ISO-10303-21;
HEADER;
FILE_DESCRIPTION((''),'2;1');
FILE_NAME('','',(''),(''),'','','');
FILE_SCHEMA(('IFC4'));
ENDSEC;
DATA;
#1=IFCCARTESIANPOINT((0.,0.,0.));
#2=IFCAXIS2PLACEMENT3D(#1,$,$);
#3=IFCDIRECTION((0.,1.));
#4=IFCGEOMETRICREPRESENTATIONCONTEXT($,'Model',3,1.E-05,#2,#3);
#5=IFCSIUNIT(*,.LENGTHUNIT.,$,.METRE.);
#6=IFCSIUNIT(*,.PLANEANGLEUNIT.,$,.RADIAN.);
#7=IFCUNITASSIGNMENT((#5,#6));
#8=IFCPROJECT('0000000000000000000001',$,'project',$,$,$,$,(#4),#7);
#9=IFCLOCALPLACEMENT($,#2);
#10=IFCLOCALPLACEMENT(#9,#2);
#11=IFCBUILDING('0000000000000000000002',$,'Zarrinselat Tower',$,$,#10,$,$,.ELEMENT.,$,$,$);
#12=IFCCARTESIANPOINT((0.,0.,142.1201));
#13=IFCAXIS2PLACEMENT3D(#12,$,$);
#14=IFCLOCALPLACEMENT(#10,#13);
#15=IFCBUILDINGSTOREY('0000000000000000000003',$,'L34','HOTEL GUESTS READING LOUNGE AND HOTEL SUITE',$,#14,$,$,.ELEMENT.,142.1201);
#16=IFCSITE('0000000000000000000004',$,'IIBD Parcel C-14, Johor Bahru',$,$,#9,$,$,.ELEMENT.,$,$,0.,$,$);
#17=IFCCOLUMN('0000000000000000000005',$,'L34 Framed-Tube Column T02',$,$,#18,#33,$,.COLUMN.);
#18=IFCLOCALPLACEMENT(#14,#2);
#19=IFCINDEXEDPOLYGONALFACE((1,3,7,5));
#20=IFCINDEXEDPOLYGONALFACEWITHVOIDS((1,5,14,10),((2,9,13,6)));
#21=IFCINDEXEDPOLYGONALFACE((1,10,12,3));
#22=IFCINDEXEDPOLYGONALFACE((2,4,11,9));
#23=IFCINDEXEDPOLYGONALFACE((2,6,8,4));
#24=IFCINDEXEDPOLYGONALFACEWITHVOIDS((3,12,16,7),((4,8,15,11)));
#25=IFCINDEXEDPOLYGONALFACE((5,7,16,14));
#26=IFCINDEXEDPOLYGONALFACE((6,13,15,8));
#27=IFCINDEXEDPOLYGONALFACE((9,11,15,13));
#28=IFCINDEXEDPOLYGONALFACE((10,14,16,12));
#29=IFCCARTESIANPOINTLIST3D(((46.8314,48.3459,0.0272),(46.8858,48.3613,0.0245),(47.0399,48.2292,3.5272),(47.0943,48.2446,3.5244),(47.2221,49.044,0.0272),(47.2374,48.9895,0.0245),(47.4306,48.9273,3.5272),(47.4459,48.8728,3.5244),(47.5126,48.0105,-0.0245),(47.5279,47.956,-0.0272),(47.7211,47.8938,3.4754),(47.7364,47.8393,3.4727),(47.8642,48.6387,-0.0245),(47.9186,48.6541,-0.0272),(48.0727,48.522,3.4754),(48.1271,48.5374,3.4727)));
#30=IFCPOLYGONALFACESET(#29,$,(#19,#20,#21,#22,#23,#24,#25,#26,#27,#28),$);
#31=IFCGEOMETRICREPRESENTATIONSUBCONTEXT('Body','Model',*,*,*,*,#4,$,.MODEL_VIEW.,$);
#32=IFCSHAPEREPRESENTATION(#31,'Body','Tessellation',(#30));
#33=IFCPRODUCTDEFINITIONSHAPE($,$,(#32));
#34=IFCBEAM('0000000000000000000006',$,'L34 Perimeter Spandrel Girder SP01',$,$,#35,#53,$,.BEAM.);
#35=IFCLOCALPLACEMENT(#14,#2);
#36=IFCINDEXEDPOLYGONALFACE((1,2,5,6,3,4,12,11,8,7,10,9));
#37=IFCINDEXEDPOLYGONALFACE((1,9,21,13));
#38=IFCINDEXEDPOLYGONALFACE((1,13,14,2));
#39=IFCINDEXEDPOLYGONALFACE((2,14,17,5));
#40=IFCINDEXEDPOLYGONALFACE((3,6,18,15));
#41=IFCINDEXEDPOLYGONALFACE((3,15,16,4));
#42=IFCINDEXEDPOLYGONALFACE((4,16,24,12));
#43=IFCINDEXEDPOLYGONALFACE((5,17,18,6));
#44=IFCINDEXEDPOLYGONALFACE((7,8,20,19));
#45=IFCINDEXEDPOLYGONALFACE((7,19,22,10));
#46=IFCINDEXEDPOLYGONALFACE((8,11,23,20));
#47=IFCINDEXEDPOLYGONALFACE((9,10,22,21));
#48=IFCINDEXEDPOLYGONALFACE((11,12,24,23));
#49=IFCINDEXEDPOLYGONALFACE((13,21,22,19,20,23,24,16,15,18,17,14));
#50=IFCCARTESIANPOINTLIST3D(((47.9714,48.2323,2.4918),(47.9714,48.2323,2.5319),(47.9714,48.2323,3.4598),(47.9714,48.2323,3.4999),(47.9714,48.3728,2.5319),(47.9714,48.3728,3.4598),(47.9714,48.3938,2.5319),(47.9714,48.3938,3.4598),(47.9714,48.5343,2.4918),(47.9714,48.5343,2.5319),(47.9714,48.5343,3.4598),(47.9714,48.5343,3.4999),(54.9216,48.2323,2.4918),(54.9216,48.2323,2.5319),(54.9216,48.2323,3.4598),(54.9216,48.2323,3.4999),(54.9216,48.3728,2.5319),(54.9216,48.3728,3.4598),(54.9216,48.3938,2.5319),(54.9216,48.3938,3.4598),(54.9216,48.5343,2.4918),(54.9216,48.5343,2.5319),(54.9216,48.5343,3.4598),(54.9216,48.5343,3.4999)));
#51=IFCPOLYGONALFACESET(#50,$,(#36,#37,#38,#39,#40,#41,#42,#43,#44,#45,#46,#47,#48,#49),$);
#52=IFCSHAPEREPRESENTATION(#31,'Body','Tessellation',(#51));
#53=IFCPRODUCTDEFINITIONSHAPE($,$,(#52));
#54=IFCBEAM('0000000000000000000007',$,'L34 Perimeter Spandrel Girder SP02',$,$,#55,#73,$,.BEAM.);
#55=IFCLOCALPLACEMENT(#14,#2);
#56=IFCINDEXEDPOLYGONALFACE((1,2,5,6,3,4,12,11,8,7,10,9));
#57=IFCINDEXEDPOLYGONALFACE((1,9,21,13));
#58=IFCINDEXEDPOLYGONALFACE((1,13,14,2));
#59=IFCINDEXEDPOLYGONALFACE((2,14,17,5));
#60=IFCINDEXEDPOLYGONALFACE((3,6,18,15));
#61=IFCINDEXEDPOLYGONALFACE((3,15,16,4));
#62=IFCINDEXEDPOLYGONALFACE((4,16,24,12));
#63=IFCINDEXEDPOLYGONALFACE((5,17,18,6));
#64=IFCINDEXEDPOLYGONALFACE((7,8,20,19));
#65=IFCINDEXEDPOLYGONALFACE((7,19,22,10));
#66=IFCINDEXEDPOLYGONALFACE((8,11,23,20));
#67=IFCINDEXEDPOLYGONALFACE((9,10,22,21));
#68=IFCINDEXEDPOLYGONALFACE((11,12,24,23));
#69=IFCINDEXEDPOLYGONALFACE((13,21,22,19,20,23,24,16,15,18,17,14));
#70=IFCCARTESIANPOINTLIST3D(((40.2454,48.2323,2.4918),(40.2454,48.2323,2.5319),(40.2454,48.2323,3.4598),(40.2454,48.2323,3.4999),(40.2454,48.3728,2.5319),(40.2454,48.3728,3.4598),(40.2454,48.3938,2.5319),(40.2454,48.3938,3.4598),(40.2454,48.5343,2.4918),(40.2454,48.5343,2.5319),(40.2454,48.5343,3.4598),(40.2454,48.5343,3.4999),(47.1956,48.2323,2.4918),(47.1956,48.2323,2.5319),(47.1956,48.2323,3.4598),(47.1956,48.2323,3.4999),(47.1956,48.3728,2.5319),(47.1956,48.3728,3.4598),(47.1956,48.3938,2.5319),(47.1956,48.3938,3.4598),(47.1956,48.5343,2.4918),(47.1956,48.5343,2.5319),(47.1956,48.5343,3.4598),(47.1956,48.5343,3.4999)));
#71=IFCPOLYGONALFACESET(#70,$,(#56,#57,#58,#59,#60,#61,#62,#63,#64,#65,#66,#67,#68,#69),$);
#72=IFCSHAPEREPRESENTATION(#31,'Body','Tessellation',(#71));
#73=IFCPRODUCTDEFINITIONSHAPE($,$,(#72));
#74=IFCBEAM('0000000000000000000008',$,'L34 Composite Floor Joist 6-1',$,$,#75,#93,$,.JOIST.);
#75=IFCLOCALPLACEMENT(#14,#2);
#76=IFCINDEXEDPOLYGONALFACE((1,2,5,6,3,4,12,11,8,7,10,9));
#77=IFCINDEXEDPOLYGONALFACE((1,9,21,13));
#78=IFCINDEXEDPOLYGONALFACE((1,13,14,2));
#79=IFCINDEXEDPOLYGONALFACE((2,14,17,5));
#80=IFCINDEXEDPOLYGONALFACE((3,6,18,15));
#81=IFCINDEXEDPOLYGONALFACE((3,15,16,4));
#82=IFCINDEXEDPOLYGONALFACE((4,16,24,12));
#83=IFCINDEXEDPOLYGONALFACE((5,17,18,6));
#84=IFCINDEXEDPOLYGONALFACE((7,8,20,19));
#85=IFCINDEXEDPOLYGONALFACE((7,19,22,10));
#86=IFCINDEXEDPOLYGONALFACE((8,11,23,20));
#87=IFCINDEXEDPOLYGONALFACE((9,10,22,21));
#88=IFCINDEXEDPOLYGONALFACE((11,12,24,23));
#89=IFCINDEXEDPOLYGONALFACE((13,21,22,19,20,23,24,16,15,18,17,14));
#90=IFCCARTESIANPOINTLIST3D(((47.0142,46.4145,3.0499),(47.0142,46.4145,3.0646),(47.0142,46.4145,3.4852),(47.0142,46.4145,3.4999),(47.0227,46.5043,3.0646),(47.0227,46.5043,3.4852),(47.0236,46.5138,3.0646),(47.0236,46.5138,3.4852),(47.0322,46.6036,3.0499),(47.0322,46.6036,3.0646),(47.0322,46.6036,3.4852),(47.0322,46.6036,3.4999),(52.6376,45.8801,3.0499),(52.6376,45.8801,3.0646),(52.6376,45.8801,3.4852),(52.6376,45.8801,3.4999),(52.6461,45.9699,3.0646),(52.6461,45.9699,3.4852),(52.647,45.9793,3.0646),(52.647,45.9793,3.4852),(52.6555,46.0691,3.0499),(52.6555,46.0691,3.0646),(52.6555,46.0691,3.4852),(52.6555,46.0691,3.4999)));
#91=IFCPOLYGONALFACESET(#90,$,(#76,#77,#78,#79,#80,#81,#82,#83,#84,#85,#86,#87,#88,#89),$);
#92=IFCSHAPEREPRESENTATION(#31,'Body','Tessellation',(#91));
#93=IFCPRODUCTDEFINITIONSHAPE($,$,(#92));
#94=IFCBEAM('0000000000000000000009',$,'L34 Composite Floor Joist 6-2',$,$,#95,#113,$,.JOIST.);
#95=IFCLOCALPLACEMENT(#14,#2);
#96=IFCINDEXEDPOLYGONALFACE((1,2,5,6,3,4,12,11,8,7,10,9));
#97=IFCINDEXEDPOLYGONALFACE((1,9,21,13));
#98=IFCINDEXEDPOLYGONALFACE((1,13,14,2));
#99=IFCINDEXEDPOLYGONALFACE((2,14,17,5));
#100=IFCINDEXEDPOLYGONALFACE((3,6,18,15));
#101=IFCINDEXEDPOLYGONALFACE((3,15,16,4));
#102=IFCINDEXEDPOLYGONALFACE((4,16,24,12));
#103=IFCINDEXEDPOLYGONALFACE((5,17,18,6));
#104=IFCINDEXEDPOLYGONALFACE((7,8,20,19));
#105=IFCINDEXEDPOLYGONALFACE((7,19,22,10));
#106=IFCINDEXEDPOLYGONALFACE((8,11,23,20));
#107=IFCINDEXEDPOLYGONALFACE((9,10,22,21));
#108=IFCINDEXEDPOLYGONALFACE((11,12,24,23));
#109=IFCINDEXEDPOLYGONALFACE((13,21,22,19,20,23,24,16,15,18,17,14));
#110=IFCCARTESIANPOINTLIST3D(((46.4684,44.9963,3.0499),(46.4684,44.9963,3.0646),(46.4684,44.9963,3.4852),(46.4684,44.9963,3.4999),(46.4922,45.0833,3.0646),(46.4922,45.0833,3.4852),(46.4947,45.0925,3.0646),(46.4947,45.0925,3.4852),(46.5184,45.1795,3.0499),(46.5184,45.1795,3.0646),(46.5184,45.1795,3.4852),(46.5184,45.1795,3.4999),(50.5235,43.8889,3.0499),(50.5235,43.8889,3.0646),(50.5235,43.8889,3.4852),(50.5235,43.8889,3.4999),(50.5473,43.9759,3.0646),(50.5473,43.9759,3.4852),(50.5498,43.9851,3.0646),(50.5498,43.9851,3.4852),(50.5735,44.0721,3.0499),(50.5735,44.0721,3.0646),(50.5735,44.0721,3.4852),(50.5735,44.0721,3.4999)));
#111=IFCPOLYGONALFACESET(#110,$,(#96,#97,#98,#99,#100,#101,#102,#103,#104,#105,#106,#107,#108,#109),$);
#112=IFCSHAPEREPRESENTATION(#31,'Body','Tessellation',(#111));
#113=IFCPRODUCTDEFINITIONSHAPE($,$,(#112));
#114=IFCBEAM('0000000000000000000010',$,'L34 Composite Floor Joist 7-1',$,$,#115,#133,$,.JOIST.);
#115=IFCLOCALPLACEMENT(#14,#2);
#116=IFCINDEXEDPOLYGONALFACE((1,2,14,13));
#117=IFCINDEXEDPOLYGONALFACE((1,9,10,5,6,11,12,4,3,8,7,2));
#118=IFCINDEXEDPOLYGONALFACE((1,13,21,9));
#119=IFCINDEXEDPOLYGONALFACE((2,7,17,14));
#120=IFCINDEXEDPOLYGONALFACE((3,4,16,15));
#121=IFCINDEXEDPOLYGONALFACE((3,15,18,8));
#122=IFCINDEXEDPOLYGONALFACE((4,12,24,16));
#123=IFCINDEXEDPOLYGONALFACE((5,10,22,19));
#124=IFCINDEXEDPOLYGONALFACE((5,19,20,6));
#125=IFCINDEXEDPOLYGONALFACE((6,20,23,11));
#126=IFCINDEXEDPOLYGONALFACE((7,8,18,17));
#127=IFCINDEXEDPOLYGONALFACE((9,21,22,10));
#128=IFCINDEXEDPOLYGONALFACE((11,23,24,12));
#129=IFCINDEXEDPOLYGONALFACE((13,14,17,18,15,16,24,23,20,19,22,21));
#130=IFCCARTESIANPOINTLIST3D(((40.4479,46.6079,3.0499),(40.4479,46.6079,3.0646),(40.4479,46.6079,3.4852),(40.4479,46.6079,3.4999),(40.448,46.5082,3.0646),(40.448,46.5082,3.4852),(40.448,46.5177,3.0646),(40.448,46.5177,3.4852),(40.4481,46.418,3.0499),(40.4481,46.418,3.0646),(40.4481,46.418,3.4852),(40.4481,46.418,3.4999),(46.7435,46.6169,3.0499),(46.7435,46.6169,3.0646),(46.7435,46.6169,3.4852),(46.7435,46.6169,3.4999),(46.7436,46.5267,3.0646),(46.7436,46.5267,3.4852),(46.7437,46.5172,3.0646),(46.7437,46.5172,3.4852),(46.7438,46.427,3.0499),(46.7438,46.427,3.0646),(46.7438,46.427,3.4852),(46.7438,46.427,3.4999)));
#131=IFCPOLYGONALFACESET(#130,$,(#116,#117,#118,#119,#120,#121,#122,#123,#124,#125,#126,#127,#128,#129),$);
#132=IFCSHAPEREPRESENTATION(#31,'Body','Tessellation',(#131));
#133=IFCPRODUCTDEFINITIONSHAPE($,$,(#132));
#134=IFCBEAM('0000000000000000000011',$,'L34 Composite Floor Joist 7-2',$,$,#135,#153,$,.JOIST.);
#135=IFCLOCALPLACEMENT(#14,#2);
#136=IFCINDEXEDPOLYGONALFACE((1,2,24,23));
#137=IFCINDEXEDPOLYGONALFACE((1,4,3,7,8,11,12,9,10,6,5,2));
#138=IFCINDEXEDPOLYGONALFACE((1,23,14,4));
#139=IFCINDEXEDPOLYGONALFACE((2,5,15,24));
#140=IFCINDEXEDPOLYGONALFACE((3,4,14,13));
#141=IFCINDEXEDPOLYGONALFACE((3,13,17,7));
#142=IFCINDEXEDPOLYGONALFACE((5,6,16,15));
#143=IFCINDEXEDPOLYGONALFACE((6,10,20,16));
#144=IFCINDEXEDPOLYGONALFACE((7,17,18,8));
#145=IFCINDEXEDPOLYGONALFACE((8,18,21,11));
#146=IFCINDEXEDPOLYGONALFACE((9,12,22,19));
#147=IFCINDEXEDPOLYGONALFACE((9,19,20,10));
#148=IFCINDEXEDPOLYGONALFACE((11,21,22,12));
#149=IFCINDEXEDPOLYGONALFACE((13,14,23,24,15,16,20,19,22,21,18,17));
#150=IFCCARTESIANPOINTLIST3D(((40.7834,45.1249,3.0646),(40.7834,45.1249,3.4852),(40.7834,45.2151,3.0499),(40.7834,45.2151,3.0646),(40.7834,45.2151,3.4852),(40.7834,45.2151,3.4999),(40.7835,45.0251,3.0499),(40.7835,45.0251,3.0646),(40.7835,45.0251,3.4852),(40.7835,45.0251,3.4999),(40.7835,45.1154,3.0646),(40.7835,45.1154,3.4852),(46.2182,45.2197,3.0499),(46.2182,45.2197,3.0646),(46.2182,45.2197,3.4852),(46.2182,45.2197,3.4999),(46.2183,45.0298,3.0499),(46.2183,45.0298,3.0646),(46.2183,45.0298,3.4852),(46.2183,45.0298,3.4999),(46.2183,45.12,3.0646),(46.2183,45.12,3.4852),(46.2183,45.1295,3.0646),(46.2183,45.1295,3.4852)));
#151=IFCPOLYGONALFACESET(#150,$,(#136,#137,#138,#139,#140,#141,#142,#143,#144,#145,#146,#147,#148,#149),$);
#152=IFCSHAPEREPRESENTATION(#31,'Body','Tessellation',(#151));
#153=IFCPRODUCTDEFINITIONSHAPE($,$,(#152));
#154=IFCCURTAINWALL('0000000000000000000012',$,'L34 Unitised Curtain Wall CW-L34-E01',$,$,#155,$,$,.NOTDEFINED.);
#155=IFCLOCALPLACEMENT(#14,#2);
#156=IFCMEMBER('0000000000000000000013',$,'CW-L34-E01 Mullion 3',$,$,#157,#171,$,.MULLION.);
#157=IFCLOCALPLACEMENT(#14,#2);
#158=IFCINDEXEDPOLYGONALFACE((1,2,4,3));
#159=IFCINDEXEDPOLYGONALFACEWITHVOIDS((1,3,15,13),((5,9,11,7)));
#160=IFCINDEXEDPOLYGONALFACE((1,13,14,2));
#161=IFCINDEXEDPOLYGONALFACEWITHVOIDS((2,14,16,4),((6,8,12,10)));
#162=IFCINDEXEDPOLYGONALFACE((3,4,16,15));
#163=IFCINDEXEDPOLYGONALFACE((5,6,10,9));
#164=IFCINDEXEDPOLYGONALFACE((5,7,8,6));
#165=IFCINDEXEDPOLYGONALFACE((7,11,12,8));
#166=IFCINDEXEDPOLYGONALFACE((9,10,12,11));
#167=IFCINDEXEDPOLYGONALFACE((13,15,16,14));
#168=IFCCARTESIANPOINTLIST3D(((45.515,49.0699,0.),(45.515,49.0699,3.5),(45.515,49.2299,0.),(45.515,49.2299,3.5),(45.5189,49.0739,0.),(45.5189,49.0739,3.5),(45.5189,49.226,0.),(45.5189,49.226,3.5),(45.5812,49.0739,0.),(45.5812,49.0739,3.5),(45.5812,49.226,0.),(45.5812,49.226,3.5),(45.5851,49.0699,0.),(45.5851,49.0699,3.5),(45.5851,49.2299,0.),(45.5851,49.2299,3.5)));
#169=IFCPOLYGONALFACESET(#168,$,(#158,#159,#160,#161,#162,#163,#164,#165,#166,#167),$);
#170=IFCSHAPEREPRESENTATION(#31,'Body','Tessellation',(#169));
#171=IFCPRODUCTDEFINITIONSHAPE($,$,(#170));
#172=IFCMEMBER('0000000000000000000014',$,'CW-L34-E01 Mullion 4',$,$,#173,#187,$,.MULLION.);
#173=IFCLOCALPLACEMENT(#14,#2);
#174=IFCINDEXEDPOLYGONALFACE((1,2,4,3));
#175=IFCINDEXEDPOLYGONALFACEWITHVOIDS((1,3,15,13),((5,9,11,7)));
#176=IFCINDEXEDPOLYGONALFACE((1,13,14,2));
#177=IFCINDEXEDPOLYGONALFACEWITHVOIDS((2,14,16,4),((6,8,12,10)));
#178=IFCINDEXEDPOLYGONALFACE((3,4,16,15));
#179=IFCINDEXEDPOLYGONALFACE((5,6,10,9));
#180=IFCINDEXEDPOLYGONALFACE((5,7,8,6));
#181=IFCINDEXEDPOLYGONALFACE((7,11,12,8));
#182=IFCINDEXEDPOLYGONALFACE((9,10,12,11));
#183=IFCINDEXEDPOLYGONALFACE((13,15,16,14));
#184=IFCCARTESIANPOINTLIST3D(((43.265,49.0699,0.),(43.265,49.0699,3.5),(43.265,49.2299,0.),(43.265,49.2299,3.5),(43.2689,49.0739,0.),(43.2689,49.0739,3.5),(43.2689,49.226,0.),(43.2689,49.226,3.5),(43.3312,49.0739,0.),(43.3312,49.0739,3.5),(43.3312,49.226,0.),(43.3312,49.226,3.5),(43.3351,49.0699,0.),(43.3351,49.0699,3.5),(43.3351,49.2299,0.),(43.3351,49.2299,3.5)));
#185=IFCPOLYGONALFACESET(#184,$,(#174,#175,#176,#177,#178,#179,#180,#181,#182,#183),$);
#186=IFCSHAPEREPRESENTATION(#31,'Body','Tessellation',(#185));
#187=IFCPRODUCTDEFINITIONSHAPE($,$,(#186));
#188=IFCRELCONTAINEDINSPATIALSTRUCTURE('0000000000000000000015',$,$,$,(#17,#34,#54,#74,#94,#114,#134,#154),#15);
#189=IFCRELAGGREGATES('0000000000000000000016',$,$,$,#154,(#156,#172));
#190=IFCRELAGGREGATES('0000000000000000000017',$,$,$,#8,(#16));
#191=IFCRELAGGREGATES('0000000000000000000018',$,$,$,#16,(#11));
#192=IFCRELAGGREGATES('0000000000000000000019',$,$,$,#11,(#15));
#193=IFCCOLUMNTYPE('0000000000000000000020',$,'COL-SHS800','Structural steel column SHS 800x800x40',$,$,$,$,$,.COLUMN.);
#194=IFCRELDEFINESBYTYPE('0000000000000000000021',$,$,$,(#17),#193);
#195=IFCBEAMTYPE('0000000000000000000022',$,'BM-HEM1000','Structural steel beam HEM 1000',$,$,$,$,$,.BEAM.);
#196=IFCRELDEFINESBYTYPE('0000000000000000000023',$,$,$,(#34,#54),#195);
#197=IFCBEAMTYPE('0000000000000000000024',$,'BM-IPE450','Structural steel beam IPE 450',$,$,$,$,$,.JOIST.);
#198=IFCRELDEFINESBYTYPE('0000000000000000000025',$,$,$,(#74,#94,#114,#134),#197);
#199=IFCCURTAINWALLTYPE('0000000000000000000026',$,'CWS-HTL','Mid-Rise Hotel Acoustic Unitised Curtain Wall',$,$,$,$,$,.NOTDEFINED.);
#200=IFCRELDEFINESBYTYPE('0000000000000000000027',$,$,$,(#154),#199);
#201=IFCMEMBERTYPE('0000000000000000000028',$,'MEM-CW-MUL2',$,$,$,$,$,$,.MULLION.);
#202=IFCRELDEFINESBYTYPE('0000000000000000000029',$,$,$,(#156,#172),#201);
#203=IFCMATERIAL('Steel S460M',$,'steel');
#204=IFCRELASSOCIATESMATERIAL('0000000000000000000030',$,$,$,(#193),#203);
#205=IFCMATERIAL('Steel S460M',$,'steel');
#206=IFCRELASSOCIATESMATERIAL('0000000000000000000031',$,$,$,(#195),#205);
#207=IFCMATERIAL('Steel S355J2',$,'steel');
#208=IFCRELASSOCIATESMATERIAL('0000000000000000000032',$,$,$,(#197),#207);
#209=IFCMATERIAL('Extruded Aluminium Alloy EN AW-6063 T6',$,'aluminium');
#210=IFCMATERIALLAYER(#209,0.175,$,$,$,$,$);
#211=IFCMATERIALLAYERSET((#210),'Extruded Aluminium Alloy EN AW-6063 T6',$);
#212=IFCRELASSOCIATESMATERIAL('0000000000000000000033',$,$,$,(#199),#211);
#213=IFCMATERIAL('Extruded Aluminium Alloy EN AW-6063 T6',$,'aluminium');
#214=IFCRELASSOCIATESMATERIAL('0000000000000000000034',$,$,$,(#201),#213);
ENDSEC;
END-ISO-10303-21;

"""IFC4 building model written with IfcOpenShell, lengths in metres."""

from ifc_helpers import new_model, si_unit, direction, frame, origin, origin_2d, place, context, subcontext, project, spatial, hollow_rectangle, i_section, extrude, material, layer, layer_set, material_profile, profile_set, type_object, element, aggregate, save


model = new_model("IFC4")

# Units and contexts
model_context = context("Model", 3, precision=1e-05, world=origin(), true_north=direction((0.0, 1.0)))
body_context = subcontext(model_context, "Body", "Model", "MODEL_VIEW")
ifc_project = project(units=[si_unit("LENGTHUNIT", "METRE"), si_unit("PLANEANGLEUNIT", "RADIAN")], contexts=[model_context])

# Site, building, storey
site_placement = place(None, origin())
site = spatial("IfcSite", under=ifc_project, at=site_placement, Name="IIBD Parcel C-14, Johor Bahru", CompositionType="ELEMENT", RefElevation=0.0)
building_placement = place(site_placement, origin())
building = spatial("IfcBuilding", under=site, at=building_placement, Name="Zarrinselat Tower", CompositionType="ELEMENT")
storey_placement = place(building_placement, frame((0.0, 0.0, 142.1201)))
storey = spatial("IfcBuildingStorey", under=building, at=storey_placement, Name="L34", Description="HOTEL GUESTS READING LOUNGE AND HOTEL SUITE", CompositionType="ELEMENT", Elevation=142.1201)

# Column
ifc_material_1 = material(Name="Steel S460M", Category="steel")
ifc_material_profile_1 = material_profile(ifc_material_1, hollow_rectangle(XDim=0.8, YDim=0.8, WallThickness=0.04, at=origin_2d()), Name="SHS 800x800x40")
ifc_profile_set_1 = profile_set([ifc_material_profile_1], Name="Steel S460M")
column_type = type_object("IfcColumnType", Name="COL-SHS800", Description="Structural steel column SHS 800x800x40", PredefinedType="COLUMN", material=ifc_profile_set_1)
column_placement = place(storey_placement, frame((47.375, 48.5, 0.0), z_axis=(0.059432, -0.033265, 0.997678), x_axis=(0.488417, 0.872611, 0.0)))
element("IfcColumn", 1, at=column_placement, inside=storey, type_object=column_type, Name="L34 Framed-Tube Column T02", PredefinedType="COLUMN", context=body_context, shape_type="SweptSolid", body=[
    extrude(hollow_rectangle(XDim=0.8, YDim=0.8, WallThickness=0.04, at=origin_2d()), origin(), (0.0, 0.0, 1.0), 3.5081),
])

# Beams
ifc_material_2 = material(Name="Steel S460M", Category="steel")
ifc_material_profile_2 = material_profile(ifc_material_2, i_section(OverallWidth=0.302, OverallDepth=1.0081, WebThickness=0.021, FlangeThickness=0.04, at=origin_2d()), Name="HEM 1000")
ifc_profile_set_2 = profile_set([ifc_material_profile_2], Name="Steel S460M")
beam_type_1 = type_object("IfcBeamType", Name="BM-HEM1000", Description="Structural steel beam HEM 1000", PredefinedType="BEAM", material=ifc_profile_set_2)
for number, where, z_axis, x_axis, name in (
    (2, (47.9714, 48.3833, 2.9958), (1.0, 0.0, 0.0), (0.0, 1.0, 0.0), "L34 Perimeter Spandrel Girder SP01"),
    (3, (40.2454, 48.3833, 2.9958), (1.0, 0.0, 0.0), (0.0, 1.0, 0.0), "L34 Perimeter Spandrel Girder SP02"),
):
    element("IfcBeam", number, at=place(storey_placement, frame(where, z_axis=z_axis, x_axis=x_axis)), inside=storey, type_object=beam_type_1, Name=name, PredefinedType="BEAM", context=body_context, shape_type="SweptSolid", body=[
        extrude(i_section(OverallWidth=0.302, OverallDepth=1.0081, WebThickness=0.021, FlangeThickness=0.04, at=origin_2d()), origin(), (0.0, 0.0, 1.0), 6.9502),
    ])
ifc_material_3 = material(Name="Steel S355J2", Category="steel")
ifc_material_profile_3 = material_profile(ifc_material_3, i_section(OverallWidth=0.1899, OverallDepth=0.45, WebThickness=0.0095, FlangeThickness=0.0146, at=origin_2d()), Name="IPE 450")
ifc_profile_set_3 = profile_set([ifc_material_profile_3], Name="Steel S355J2")
beam_type_2 = type_object("IfcBeamType", Name="BM-IPE450", Description="Structural steel beam IPE 450", PredefinedType="JOIST", material=ifc_profile_set_3)
beam_1_placement = place(storey_placement, frame((47.0232, 46.509, 3.2749), z_axis=(0.995514, -0.094611, 0.0), x_axis=(0.094611, 0.995514, 0.0)))
element("IfcBeam", 4, at=beam_1_placement, inside=storey, type_object=beam_type_2, Name="L34 Composite Floor Joist 6-1", PredefinedType="JOIST", context=body_context, shape_type="SweptSolid", body=[
    extrude(i_section(OverallWidth=0.1899, OverallDepth=0.45, WebThickness=0.0095, FlangeThickness=0.0146, at=origin_2d()), origin(), (0.0, 0.0, 1.0), 5.6487),
])
beam_2_placement = place(storey_placement, frame((46.4934, 45.0879, 3.2749), z_axis=(0.964675, -0.263442, 0.0), x_axis=(0.263442, 0.964675, 0.0)))
element("IfcBeam", 5, at=beam_2_placement, inside=storey, type_object=beam_type_2, Name="L34 Composite Floor Joist 6-2", PredefinedType="JOIST", context=body_context, shape_type="SweptSolid", body=[
    extrude(i_section(OverallWidth=0.1899, OverallDepth=0.45, WebThickness=0.0095, FlangeThickness=0.0146, at=origin_2d()), origin(), (0.0, 0.0, 1.0), 4.2036),
])
beam_3_placement = place(storey_placement, frame((40.448, 46.5129, 3.2749), z_axis=(0.999999, 0.001435, 0.0), x_axis=(-0.001435, 0.999999, 0.0)))
element("IfcBeam", 6, at=beam_3_placement, inside=storey, type_object=beam_type_2, Name="L34 Composite Floor Joist 7-1", PredefinedType="JOIST", context=body_context, shape_type="SweptSolid", body=[
    extrude(i_section(OverallWidth=0.1899, OverallDepth=0.45, WebThickness=0.0095, FlangeThickness=0.0146, at=origin_2d()), origin(), (0.0, 0.0, 1.0), 6.2957),
])
beam_4_placement = place(storey_placement, frame((40.7834, 45.1201, 3.2749), z_axis=(1.0, 0.000854, 0.0), x_axis=(-0.000854, 1.0, 0.0)))
element("IfcBeam", 7, at=beam_4_placement, inside=storey, type_object=beam_type_2, Name="L34 Composite Floor Joist 7-2", PredefinedType="JOIST", context=body_context, shape_type="SweptSolid", body=[
    extrude(i_section(OverallWidth=0.1899, OverallDepth=0.45, WebThickness=0.0095, FlangeThickness=0.0146, at=origin_2d()), origin(), (0.0, 0.0, 1.0), 5.4348),
])

# Curtain wall, members
ifc_material_4 = material(Name="Extruded Aluminium Alloy EN AW-6063 T6", Category="aluminium")
ifc_layer_1 = layer(ifc_material_4, 0.175)
ifc_layer_set_1 = layer_set([ifc_layer_1], Name="Extruded Aluminium Alloy EN AW-6063 T6")
curtain_wall_type = type_object("IfcCurtainWallType", Name="CWS-HTL", Description="Mid-Rise Hotel Acoustic Unitised Curtain Wall", PredefinedType="NOTDEFINED", material=ifc_layer_set_1)
curtain_wall_placement = place(storey_placement, origin())
curtain_wall = element("IfcCurtainWall", 8, at=curtain_wall_placement, inside=storey, type_object=curtain_wall_type, Name="L34 Unitised Curtain Wall CW-L34-E01", PredefinedType="NOTDEFINED")
ifc_material_5 = material(Name="Extruded Aluminium Alloy EN AW-6063 T6", Category="aluminium")
ifc_material_profile_4 = material_profile(ifc_material_5, hollow_rectangle(XDim=0.0701, YDim=0.1599, WallThickness=0.0039, at=origin_2d()), Name="RHS 160x70x4")
ifc_profile_set_4 = profile_set([ifc_material_profile_4], Name="Extruded Aluminium Alloy EN AW-6063 T6")
member_type_1 = type_object("IfcMemberType", Name="MEM-CW-MUL2", PredefinedType="MULLION", material=ifc_profile_set_4)
member_1_placement = place(storey_placement, frame((45.55, 49.1499, 0.0), z_axis=(0.0, 0.0, 1.0), x_axis=(-1.0, 0.0, 0.0)))
member_1 = element("IfcMember", 9, at=member_1_placement, type_object=member_type_1, Name="CW-L34-E01 Mullion 3", PredefinedType="MULLION", context=body_context, shape_type="SweptSolid", body=[
    extrude(hollow_rectangle(XDim=0.0701, YDim=0.1599, WallThickness=0.0039, at=origin_2d()), origin(), (0.0, 0.0, 1.0), 3.5),
])
member_2_placement = place(storey_placement, frame((43.3, 49.1499, 0.0), z_axis=(0.0, 0.0, 1.0), x_axis=(-1.0, 0.0, 0.0)))
member_2 = element("IfcMember", 10, at=member_2_placement, type_object=member_type_1, Name="CW-L34-E01 Mullion 4", PredefinedType="MULLION", context=body_context, shape_type="SweptSolid", body=[
    extrude(hollow_rectangle(XDim=0.0701, YDim=0.1599, WallThickness=0.0039, at=origin_2d()), origin(), (0.0, 0.0, 1.0), 3.5),
])
aggregate(curtain_wall, [member_1, member_2])

save(model, "model.ifc")
